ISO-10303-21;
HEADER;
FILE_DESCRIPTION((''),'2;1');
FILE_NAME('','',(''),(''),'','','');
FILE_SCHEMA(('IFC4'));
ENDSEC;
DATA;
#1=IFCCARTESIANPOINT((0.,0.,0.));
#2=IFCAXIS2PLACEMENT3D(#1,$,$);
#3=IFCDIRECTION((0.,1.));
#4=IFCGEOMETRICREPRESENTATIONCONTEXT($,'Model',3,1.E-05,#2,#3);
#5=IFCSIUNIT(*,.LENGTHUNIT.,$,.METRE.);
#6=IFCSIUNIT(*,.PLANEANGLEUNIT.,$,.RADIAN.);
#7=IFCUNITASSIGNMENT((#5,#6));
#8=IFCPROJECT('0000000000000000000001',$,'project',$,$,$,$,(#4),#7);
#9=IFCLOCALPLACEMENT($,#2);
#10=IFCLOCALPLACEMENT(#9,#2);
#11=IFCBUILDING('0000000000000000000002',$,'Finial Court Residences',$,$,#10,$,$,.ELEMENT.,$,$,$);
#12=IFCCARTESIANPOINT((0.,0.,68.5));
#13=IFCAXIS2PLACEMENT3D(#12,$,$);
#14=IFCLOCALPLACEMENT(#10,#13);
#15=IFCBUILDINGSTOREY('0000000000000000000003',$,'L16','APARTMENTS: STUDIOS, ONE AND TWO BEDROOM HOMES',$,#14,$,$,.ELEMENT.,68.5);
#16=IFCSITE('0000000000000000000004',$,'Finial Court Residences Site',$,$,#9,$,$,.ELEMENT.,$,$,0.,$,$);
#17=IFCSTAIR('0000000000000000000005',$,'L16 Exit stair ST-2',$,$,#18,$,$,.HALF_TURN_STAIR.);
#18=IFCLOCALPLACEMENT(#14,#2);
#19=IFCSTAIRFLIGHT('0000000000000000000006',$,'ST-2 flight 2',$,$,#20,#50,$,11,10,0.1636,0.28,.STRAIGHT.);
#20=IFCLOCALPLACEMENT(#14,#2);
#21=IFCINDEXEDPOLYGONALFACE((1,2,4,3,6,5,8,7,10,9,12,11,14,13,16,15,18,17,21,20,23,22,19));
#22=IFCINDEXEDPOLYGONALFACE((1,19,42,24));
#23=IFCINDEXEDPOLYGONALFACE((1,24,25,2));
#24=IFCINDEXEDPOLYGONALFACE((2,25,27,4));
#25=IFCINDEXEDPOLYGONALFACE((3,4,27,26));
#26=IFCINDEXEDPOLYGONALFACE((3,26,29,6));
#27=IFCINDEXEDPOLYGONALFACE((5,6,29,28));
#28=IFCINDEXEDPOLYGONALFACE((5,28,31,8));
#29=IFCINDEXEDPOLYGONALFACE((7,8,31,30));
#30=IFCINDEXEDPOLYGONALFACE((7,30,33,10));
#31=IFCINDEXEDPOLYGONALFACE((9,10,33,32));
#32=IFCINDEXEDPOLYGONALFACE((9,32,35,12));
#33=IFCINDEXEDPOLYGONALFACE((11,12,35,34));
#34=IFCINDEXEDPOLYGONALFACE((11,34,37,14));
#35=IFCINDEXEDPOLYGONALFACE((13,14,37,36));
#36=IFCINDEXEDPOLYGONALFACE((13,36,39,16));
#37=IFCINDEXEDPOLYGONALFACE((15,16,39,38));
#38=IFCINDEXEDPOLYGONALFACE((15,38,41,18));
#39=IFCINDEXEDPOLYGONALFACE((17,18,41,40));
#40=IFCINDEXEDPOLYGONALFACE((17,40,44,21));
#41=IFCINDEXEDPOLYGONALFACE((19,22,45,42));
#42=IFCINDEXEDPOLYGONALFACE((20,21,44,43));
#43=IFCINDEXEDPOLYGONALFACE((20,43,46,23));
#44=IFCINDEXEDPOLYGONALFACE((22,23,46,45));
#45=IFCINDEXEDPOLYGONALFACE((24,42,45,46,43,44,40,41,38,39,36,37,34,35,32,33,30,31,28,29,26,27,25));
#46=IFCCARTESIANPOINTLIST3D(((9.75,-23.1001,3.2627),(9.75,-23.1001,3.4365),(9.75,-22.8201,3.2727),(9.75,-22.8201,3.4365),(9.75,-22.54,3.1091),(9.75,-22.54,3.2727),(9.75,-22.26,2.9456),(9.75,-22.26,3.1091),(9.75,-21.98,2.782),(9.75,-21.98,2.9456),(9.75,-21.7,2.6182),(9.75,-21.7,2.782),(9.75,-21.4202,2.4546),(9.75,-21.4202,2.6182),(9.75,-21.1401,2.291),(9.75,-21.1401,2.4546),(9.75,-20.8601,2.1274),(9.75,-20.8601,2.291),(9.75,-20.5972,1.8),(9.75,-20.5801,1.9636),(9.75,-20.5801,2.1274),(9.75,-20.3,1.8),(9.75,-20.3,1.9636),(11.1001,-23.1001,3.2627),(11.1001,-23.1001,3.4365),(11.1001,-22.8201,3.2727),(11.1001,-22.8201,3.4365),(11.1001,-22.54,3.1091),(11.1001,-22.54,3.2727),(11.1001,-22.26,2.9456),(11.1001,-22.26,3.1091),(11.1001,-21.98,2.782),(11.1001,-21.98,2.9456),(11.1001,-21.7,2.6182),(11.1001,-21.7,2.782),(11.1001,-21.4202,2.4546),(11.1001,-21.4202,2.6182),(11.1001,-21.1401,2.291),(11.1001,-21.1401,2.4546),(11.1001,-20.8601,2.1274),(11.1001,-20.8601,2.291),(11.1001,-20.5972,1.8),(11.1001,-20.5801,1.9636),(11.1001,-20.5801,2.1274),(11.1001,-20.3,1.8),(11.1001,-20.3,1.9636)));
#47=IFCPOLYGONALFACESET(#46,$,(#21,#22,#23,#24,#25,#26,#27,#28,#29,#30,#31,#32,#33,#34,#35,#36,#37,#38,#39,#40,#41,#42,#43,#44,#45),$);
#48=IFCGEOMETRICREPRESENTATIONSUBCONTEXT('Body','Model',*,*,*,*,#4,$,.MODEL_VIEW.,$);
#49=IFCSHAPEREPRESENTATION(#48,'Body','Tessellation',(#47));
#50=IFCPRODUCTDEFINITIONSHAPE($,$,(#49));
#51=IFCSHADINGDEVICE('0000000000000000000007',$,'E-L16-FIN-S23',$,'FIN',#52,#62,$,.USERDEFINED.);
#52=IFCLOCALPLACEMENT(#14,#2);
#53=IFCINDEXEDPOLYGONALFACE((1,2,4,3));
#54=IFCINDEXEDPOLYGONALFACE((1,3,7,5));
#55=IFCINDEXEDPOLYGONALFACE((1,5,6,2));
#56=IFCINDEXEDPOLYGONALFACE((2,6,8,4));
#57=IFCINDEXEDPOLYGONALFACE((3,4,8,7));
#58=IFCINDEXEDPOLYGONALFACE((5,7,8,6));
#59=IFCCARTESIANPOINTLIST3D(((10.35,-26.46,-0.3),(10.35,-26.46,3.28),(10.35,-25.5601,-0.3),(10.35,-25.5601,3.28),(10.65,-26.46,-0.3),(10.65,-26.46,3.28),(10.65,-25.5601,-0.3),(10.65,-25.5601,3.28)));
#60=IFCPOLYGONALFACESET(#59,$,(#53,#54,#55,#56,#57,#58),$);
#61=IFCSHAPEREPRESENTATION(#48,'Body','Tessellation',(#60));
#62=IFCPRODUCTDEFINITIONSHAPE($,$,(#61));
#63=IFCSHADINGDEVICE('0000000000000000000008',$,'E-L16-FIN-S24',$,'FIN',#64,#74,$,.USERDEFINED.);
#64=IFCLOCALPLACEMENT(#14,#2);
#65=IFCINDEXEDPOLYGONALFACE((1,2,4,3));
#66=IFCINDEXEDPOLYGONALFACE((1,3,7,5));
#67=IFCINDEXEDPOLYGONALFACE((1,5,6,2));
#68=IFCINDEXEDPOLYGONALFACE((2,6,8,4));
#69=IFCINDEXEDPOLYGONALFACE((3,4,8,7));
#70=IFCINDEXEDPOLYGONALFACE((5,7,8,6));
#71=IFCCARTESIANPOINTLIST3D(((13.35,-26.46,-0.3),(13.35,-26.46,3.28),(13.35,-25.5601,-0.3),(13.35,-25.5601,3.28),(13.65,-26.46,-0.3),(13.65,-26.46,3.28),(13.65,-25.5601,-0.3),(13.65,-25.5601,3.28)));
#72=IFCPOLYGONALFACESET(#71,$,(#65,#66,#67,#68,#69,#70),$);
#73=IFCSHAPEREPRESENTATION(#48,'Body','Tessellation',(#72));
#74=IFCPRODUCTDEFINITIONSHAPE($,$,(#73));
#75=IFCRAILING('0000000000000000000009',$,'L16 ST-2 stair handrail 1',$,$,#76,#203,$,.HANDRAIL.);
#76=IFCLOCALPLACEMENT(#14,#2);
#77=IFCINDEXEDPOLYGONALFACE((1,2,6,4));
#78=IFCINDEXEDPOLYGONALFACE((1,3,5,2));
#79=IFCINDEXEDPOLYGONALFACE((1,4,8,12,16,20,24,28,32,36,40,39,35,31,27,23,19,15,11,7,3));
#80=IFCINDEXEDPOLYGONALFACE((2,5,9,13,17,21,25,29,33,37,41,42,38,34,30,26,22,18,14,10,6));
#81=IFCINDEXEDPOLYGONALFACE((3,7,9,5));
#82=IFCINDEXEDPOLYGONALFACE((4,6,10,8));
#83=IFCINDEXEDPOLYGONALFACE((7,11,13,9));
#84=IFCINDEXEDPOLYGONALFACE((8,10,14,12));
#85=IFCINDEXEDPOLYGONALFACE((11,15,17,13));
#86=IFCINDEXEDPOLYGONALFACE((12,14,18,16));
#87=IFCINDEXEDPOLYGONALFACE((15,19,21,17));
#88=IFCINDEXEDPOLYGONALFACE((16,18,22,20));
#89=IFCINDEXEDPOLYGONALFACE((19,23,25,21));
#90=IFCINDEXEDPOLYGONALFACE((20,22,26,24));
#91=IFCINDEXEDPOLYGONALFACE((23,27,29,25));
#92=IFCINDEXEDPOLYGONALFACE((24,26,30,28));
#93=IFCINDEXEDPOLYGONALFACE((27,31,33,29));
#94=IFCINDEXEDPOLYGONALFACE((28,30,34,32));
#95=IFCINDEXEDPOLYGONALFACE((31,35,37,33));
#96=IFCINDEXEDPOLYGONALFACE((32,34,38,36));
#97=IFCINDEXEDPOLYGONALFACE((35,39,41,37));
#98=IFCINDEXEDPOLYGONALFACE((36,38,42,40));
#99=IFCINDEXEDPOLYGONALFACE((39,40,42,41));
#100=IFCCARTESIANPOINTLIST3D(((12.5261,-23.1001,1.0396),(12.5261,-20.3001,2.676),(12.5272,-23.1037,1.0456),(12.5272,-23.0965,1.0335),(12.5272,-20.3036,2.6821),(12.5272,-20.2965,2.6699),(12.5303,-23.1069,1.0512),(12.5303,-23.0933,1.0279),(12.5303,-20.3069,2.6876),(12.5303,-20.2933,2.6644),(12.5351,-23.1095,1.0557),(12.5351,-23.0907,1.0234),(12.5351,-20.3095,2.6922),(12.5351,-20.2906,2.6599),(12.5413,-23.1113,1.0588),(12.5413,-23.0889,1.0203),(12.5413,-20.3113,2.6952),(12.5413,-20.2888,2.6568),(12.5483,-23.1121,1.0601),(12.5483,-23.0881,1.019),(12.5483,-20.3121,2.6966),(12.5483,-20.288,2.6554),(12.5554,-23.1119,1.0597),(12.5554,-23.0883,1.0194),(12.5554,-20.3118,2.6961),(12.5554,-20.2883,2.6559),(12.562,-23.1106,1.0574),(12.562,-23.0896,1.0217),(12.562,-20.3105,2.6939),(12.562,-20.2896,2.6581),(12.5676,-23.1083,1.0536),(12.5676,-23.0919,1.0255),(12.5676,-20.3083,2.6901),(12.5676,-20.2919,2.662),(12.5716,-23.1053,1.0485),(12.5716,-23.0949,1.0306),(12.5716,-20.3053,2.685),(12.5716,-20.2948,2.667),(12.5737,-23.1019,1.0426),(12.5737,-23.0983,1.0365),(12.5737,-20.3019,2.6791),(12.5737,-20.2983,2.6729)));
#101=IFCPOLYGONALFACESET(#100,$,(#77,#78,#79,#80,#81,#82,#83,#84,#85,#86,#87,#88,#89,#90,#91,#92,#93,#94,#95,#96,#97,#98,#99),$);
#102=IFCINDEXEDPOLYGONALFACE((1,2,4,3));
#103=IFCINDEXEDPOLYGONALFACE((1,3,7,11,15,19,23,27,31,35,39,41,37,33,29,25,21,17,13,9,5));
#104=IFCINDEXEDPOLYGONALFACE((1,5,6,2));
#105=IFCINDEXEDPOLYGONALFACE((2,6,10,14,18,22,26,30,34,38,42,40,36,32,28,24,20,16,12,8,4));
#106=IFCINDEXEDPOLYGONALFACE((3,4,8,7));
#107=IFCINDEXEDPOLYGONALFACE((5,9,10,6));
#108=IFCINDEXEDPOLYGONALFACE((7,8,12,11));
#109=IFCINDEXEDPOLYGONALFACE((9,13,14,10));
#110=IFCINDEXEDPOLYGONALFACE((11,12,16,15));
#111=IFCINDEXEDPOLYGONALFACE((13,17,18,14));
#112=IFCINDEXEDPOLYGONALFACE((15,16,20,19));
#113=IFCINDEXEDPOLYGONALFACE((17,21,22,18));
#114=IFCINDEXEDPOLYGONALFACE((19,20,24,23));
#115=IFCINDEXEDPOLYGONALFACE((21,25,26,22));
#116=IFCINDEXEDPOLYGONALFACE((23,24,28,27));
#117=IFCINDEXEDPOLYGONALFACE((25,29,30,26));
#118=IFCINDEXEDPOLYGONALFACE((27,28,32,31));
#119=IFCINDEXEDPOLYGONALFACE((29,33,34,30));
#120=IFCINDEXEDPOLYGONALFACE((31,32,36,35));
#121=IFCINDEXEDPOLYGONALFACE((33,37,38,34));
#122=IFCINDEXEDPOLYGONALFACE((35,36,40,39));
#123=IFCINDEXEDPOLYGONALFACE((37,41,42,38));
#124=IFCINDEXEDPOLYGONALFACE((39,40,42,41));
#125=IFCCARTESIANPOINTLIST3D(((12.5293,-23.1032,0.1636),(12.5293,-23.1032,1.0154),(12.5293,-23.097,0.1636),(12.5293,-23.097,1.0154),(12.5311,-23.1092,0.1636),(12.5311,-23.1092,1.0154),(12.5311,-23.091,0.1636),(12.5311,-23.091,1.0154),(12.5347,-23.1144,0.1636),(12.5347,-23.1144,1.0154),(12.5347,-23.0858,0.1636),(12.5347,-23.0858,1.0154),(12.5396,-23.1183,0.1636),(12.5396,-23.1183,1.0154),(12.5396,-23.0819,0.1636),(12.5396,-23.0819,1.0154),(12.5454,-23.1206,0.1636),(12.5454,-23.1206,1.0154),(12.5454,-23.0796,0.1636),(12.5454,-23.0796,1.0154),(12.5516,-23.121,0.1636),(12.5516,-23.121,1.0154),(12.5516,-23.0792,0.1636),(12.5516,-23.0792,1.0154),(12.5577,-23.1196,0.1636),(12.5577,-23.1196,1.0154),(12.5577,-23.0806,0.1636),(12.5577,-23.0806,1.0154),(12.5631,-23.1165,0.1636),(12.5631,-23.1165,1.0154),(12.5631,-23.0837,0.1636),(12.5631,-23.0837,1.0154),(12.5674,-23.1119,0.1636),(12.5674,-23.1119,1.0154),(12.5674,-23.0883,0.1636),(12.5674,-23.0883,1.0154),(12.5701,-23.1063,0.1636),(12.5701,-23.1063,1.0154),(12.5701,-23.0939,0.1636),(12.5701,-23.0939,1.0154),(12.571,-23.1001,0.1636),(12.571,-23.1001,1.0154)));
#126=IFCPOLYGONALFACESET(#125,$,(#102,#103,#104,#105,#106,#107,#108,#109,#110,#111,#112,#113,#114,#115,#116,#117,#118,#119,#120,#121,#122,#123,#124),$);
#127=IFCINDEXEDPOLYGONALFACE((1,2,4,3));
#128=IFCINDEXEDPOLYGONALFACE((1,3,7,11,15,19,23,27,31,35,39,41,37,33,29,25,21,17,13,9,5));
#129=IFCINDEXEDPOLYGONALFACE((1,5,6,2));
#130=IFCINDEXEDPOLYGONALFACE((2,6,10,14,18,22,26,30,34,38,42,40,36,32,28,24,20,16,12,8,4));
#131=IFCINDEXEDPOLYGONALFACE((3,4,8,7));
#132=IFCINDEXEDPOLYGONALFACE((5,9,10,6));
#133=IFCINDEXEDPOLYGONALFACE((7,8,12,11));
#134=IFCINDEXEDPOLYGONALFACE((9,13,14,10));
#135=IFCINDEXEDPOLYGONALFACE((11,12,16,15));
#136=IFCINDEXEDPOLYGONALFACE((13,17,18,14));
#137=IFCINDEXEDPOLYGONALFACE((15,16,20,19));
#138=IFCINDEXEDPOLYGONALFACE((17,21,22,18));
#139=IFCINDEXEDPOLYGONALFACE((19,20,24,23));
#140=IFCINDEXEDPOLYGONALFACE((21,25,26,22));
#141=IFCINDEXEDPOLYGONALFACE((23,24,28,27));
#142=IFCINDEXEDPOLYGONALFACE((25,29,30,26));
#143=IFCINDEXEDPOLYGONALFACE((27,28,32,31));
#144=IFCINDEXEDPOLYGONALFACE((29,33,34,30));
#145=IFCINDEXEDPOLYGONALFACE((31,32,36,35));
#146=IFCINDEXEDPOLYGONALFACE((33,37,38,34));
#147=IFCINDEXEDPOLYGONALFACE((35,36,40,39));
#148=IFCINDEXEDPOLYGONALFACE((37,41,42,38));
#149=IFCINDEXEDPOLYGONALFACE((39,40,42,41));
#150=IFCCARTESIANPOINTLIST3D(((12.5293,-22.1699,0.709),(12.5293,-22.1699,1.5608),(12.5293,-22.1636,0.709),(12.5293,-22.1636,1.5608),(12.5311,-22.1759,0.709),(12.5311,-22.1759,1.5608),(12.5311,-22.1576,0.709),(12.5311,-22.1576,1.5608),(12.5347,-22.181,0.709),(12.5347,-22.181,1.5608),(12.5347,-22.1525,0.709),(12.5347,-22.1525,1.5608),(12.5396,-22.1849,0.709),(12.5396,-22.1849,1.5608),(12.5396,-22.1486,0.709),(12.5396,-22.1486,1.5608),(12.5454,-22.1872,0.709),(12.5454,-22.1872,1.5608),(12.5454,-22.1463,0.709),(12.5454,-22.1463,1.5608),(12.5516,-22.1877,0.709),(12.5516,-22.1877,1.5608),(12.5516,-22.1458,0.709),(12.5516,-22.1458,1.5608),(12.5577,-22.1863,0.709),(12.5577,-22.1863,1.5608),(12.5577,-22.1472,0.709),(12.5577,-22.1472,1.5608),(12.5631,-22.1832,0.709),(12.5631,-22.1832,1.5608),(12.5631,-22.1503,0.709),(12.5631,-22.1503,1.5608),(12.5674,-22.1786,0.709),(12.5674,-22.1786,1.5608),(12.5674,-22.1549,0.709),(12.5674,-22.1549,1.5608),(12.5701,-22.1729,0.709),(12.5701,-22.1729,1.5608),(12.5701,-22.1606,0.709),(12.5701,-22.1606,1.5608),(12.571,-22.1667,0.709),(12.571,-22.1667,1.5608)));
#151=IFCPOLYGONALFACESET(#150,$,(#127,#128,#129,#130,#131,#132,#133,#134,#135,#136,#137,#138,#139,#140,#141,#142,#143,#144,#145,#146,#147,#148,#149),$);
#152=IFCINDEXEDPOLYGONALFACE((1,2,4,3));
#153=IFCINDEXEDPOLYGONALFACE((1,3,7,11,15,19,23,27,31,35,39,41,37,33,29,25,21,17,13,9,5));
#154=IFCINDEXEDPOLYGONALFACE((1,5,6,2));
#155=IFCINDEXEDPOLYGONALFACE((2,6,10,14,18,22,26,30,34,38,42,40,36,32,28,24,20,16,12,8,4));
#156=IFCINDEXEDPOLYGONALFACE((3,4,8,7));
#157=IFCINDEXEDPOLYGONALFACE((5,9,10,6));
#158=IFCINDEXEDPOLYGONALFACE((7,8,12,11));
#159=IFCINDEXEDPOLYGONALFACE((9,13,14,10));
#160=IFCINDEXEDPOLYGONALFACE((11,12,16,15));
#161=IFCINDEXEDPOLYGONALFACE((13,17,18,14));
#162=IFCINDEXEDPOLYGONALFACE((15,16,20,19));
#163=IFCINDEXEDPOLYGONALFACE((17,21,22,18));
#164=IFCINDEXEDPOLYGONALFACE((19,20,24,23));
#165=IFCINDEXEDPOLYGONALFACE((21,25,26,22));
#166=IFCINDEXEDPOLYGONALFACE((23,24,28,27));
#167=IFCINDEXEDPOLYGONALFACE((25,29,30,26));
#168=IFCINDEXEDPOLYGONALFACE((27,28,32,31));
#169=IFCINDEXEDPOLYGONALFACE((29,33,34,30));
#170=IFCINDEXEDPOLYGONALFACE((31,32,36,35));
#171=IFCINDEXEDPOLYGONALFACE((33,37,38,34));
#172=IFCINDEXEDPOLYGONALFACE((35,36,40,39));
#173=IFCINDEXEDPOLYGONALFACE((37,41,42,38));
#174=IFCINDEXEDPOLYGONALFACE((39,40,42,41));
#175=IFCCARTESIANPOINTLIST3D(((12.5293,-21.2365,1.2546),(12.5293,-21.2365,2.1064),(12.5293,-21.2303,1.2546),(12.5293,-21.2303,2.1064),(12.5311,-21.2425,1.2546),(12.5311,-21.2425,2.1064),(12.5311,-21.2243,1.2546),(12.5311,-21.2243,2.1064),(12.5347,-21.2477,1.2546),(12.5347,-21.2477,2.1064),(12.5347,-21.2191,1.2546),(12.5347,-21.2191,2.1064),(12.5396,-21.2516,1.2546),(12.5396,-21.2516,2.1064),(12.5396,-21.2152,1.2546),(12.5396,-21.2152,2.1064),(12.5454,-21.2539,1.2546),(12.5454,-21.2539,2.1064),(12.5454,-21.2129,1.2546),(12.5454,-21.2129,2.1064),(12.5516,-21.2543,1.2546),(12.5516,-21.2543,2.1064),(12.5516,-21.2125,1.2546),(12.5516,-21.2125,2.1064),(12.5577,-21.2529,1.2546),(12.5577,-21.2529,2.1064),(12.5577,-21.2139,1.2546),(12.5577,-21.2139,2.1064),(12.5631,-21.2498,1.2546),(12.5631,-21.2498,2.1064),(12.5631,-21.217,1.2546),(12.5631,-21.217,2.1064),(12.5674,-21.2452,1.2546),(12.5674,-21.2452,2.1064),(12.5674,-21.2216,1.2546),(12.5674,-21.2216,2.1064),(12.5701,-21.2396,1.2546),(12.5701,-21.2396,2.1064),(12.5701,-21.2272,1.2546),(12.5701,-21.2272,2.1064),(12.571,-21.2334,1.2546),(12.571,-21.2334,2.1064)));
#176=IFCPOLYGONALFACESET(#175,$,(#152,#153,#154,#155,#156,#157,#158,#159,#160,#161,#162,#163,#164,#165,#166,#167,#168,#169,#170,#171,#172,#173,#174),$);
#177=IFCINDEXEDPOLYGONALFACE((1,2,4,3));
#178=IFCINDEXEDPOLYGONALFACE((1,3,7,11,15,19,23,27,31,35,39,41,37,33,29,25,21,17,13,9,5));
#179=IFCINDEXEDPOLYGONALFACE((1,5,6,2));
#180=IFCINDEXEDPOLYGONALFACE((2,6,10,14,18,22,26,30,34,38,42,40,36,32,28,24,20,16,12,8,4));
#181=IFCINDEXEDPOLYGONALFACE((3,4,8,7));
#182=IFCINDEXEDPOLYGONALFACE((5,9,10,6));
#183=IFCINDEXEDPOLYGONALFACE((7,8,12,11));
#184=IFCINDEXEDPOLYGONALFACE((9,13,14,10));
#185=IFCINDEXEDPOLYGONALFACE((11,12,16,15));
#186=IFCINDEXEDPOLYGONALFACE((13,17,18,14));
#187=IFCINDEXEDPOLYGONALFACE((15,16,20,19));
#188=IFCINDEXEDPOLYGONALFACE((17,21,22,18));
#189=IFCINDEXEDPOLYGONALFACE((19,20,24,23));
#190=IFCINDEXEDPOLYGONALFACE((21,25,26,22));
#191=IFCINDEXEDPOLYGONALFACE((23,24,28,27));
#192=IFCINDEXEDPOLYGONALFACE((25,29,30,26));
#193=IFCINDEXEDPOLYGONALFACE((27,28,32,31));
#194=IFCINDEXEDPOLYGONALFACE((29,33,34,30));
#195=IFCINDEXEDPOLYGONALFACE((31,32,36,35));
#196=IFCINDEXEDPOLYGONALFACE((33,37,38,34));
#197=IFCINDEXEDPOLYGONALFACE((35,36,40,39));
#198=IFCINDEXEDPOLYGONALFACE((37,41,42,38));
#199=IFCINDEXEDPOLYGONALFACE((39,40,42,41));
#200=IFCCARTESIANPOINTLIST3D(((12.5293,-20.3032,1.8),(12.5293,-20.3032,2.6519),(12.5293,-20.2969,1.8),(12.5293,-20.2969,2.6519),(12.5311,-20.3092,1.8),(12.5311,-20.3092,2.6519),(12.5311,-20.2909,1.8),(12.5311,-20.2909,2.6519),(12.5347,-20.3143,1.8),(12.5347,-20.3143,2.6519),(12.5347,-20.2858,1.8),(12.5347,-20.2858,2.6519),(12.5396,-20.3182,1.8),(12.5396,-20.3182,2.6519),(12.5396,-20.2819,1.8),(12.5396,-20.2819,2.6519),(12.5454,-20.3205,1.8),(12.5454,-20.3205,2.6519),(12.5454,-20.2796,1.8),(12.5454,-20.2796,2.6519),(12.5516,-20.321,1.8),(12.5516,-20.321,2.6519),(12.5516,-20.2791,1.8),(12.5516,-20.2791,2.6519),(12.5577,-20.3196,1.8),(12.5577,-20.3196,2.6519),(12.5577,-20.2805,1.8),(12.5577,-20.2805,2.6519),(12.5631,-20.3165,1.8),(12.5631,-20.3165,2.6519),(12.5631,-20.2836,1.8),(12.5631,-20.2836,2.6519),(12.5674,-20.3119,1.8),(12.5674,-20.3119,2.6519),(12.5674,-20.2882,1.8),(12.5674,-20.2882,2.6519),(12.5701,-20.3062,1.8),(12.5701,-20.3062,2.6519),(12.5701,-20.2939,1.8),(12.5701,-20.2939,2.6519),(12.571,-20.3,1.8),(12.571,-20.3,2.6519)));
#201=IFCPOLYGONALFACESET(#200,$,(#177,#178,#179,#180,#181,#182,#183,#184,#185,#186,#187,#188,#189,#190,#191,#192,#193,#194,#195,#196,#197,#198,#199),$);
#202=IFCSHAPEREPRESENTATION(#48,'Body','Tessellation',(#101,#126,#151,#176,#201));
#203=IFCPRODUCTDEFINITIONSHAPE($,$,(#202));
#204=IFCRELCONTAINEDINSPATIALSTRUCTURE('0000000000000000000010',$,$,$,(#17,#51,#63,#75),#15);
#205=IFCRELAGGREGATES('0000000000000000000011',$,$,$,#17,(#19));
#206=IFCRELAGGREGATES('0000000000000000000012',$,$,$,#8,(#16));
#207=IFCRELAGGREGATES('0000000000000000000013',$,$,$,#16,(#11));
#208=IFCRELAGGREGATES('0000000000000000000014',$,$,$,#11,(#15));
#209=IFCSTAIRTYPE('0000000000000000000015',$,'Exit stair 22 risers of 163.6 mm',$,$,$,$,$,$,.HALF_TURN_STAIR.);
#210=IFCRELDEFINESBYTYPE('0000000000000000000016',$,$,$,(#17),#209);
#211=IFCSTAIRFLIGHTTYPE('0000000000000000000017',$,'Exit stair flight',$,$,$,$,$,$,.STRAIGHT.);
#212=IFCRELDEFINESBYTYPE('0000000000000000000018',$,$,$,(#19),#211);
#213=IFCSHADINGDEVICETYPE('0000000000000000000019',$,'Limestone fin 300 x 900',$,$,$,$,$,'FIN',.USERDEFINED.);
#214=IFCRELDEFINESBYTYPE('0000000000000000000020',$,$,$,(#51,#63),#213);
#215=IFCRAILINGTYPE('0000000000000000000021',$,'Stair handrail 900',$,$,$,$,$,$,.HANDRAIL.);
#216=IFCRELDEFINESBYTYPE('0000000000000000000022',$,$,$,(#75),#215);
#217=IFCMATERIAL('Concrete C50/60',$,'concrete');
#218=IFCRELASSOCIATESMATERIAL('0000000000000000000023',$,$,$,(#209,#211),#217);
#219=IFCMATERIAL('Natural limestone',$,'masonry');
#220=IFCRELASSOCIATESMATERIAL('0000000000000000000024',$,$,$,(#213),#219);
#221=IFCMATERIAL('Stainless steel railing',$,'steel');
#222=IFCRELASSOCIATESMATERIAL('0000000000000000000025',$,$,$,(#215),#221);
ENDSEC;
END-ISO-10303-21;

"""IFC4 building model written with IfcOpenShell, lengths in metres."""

from ifc_helpers import new_model, si_unit, direction, frame, origin, origin_2d, place, context, subcontext, project, spatial, polyline, rectangle, circle, outline, extrude, material, type_object, element, aggregate, save


model = new_model("IFC4")

# Units and contexts
model_context = context("Model", 3, precision=1e-05, world=origin(), true_north=direction((0.0, 1.0)))
body_context = subcontext(model_context, "Body", "Model", "MODEL_VIEW")
ifc_project = project(units=[si_unit("LENGTHUNIT", "METRE"), si_unit("PLANEANGLEUNIT", "RADIAN")], contexts=[model_context])

# Site, building, storey
site_placement = place(None, origin())
site = spatial("IfcSite", under=ifc_project, at=site_placement, Name="Finial Court Residences Site", CompositionType="ELEMENT", RefElevation=0.0)
building_placement = place(site_placement, origin())
building = spatial("IfcBuilding", under=site, at=building_placement, Name="Finial Court Residences", CompositionType="ELEMENT")
storey_placement = place(building_placement, frame((0.0, 0.0, 68.5)))
storey = spatial("IfcBuildingStorey", under=building, at=storey_placement, Name="L16", Description="APARTMENTS: STUDIOS, ONE AND TWO BEDROOM HOMES", CompositionType="ELEMENT", Elevation=68.5)

# Stair, stair flight
ifc_material_1 = material(Name="Concrete C50/60", Category="concrete")
stair_type = type_object("IfcStairType", Name="Exit stair 22 risers of 163.6 mm", PredefinedType="HALF_TURN_STAIR", material=ifc_material_1)
stair_placement = place(storey_placement, origin())
stair = element("IfcStair", 1, at=stair_placement, inside=storey, type_object=stair_type, Name="L16 Exit stair ST-2", PredefinedType="HALF_TURN_STAIR")
stair_flight_type = type_object("IfcStairFlightType", Name="Exit stair flight", PredefinedType="STRAIGHT", material=ifc_material_1)
stair_flight_1_placement = place(storey_placement, frame((10.425, -20.3, 1.8), z_axis=(0.0, 0.0, 1.0), x_axis=(0.0, -1.0, 0.0)))
stair_flight_1 = element("IfcStairFlight", 2, at=stair_flight_1_placement, type_object=stair_flight_type, Name="ST-2 flight 2", NumberOfRisers=11, NumberOfTreads=10, PredefinedType="STRAIGHT", RiserHeight=0.1636, TreadLength=0.28, context=body_context, shape_type="SweptSolid", body=[
    extrude(outline(polyline([(0.0, 0.0), (0.0, 0.1636), (0.28, 0.1636), (0.28, 0.3274), (0.5601, 0.3274), (0.5601, 0.491), (0.8401, 0.491), (0.8401, 0.6545), (1.1201, 0.6545), (1.1201, 0.8181), (1.3999, 0.8181), (1.3999, 0.9819), (1.6799, 0.9819), (1.6799, 1.1455), (1.96, 1.1455), (1.96, 1.3091), (2.24, 1.3091), (2.24, 1.4727), (2.52, 1.4727), (2.52, 1.6365), (2.8, 1.6365), (2.8, 1.8), (2.8, 1.4626), (0.2971, 0.0), (0.0, 0.0)])), frame((0.0, 0.675, 0.0), z_axis=(0.0, -1.0, 0.0), x_axis=(1.0, 0.0, 0.0)), (0.0, 0.0, 1.0), 1.3501),
])
aggregate(stair, [stair_flight_1])

# Shading devices
ifc_material_2 = material(Name="Natural limestone", Category="masonry")
shading_device_type = type_object("IfcShadingDeviceType", Name="Limestone fin 300 x 900", ElementType="FIN", PredefinedType="USERDEFINED", material=ifc_material_2)
for number, where, z_axis, x_axis, name in (
    (3, (10.5, -26.01, -0.3), (0.0, 0.0, 1.0), (1.0, 0.0, 0.0), "E-L16-FIN-S23"),
    (4, (13.5, -26.01, -0.3), (0.0, 0.0, 1.0), (1.0, 0.0, 0.0), "E-L16-FIN-S24"),
):
    element("IfcShadingDevice", number, at=place(storey_placement, frame(where, z_axis=z_axis, x_axis=x_axis)), inside=storey, type_object=shading_device_type, Name=name, ObjectType="FIN", PredefinedType="USERDEFINED", context=body_context, shape_type="SweptSolid", body=[
        extrude(rectangle(XDim=0.3, YDim=0.8999, at=origin_2d()), origin(), (0.0, 0.0, 1.0), 3.5801),
    ])

# Railing
ifc_material_3 = material(Name="Stainless steel railing", Category="steel")
railing_type_1 = type_object("IfcRailingType", Name="Stair handrail 900", PredefinedType="HANDRAIL", material=ifc_material_3)
railing_1_placement = place(storey_placement, frame((12.55, -23.1001, 0.1636)))
element("IfcRailing", 5, at=railing_1_placement, inside=storey, type_object=railing_type_1, Name="L16 ST-2 stair handrail 1", PredefinedType="HANDRAIL", context=body_context, shape_type="SweptSolid", body=[
    extrude(circle(Radius=0.0239, at=origin_2d()), frame((0.0, 0.0, 0.876), z_axis=(0.0, 0.863361, 0.504587), x_axis=(-1.0, 0.0, 0.0)), (0.0, 0.0, 1.0), 3.2432),
    extrude(circle(Radius=0.021, at=origin_2d()), origin(), (0.0, 0.0, 1.0), 0.8518),
    extrude(circle(Radius=0.021, at=origin_2d()), frame((0.0, 0.9333, 0.5454)), (0.0, 0.0, 1.0), 0.8518),
    extrude(circle(Radius=0.021, at=origin_2d()), frame((0.0, 1.8667, 1.0911)), (0.0, 0.0, 1.0), 0.8518),
    extrude(circle(Radius=0.021, at=origin_2d()), frame((0.0, 2.8, 1.6365)), (0.0, 0.0, 1.0), 0.8518),
])

save(model, "model.ifc")
